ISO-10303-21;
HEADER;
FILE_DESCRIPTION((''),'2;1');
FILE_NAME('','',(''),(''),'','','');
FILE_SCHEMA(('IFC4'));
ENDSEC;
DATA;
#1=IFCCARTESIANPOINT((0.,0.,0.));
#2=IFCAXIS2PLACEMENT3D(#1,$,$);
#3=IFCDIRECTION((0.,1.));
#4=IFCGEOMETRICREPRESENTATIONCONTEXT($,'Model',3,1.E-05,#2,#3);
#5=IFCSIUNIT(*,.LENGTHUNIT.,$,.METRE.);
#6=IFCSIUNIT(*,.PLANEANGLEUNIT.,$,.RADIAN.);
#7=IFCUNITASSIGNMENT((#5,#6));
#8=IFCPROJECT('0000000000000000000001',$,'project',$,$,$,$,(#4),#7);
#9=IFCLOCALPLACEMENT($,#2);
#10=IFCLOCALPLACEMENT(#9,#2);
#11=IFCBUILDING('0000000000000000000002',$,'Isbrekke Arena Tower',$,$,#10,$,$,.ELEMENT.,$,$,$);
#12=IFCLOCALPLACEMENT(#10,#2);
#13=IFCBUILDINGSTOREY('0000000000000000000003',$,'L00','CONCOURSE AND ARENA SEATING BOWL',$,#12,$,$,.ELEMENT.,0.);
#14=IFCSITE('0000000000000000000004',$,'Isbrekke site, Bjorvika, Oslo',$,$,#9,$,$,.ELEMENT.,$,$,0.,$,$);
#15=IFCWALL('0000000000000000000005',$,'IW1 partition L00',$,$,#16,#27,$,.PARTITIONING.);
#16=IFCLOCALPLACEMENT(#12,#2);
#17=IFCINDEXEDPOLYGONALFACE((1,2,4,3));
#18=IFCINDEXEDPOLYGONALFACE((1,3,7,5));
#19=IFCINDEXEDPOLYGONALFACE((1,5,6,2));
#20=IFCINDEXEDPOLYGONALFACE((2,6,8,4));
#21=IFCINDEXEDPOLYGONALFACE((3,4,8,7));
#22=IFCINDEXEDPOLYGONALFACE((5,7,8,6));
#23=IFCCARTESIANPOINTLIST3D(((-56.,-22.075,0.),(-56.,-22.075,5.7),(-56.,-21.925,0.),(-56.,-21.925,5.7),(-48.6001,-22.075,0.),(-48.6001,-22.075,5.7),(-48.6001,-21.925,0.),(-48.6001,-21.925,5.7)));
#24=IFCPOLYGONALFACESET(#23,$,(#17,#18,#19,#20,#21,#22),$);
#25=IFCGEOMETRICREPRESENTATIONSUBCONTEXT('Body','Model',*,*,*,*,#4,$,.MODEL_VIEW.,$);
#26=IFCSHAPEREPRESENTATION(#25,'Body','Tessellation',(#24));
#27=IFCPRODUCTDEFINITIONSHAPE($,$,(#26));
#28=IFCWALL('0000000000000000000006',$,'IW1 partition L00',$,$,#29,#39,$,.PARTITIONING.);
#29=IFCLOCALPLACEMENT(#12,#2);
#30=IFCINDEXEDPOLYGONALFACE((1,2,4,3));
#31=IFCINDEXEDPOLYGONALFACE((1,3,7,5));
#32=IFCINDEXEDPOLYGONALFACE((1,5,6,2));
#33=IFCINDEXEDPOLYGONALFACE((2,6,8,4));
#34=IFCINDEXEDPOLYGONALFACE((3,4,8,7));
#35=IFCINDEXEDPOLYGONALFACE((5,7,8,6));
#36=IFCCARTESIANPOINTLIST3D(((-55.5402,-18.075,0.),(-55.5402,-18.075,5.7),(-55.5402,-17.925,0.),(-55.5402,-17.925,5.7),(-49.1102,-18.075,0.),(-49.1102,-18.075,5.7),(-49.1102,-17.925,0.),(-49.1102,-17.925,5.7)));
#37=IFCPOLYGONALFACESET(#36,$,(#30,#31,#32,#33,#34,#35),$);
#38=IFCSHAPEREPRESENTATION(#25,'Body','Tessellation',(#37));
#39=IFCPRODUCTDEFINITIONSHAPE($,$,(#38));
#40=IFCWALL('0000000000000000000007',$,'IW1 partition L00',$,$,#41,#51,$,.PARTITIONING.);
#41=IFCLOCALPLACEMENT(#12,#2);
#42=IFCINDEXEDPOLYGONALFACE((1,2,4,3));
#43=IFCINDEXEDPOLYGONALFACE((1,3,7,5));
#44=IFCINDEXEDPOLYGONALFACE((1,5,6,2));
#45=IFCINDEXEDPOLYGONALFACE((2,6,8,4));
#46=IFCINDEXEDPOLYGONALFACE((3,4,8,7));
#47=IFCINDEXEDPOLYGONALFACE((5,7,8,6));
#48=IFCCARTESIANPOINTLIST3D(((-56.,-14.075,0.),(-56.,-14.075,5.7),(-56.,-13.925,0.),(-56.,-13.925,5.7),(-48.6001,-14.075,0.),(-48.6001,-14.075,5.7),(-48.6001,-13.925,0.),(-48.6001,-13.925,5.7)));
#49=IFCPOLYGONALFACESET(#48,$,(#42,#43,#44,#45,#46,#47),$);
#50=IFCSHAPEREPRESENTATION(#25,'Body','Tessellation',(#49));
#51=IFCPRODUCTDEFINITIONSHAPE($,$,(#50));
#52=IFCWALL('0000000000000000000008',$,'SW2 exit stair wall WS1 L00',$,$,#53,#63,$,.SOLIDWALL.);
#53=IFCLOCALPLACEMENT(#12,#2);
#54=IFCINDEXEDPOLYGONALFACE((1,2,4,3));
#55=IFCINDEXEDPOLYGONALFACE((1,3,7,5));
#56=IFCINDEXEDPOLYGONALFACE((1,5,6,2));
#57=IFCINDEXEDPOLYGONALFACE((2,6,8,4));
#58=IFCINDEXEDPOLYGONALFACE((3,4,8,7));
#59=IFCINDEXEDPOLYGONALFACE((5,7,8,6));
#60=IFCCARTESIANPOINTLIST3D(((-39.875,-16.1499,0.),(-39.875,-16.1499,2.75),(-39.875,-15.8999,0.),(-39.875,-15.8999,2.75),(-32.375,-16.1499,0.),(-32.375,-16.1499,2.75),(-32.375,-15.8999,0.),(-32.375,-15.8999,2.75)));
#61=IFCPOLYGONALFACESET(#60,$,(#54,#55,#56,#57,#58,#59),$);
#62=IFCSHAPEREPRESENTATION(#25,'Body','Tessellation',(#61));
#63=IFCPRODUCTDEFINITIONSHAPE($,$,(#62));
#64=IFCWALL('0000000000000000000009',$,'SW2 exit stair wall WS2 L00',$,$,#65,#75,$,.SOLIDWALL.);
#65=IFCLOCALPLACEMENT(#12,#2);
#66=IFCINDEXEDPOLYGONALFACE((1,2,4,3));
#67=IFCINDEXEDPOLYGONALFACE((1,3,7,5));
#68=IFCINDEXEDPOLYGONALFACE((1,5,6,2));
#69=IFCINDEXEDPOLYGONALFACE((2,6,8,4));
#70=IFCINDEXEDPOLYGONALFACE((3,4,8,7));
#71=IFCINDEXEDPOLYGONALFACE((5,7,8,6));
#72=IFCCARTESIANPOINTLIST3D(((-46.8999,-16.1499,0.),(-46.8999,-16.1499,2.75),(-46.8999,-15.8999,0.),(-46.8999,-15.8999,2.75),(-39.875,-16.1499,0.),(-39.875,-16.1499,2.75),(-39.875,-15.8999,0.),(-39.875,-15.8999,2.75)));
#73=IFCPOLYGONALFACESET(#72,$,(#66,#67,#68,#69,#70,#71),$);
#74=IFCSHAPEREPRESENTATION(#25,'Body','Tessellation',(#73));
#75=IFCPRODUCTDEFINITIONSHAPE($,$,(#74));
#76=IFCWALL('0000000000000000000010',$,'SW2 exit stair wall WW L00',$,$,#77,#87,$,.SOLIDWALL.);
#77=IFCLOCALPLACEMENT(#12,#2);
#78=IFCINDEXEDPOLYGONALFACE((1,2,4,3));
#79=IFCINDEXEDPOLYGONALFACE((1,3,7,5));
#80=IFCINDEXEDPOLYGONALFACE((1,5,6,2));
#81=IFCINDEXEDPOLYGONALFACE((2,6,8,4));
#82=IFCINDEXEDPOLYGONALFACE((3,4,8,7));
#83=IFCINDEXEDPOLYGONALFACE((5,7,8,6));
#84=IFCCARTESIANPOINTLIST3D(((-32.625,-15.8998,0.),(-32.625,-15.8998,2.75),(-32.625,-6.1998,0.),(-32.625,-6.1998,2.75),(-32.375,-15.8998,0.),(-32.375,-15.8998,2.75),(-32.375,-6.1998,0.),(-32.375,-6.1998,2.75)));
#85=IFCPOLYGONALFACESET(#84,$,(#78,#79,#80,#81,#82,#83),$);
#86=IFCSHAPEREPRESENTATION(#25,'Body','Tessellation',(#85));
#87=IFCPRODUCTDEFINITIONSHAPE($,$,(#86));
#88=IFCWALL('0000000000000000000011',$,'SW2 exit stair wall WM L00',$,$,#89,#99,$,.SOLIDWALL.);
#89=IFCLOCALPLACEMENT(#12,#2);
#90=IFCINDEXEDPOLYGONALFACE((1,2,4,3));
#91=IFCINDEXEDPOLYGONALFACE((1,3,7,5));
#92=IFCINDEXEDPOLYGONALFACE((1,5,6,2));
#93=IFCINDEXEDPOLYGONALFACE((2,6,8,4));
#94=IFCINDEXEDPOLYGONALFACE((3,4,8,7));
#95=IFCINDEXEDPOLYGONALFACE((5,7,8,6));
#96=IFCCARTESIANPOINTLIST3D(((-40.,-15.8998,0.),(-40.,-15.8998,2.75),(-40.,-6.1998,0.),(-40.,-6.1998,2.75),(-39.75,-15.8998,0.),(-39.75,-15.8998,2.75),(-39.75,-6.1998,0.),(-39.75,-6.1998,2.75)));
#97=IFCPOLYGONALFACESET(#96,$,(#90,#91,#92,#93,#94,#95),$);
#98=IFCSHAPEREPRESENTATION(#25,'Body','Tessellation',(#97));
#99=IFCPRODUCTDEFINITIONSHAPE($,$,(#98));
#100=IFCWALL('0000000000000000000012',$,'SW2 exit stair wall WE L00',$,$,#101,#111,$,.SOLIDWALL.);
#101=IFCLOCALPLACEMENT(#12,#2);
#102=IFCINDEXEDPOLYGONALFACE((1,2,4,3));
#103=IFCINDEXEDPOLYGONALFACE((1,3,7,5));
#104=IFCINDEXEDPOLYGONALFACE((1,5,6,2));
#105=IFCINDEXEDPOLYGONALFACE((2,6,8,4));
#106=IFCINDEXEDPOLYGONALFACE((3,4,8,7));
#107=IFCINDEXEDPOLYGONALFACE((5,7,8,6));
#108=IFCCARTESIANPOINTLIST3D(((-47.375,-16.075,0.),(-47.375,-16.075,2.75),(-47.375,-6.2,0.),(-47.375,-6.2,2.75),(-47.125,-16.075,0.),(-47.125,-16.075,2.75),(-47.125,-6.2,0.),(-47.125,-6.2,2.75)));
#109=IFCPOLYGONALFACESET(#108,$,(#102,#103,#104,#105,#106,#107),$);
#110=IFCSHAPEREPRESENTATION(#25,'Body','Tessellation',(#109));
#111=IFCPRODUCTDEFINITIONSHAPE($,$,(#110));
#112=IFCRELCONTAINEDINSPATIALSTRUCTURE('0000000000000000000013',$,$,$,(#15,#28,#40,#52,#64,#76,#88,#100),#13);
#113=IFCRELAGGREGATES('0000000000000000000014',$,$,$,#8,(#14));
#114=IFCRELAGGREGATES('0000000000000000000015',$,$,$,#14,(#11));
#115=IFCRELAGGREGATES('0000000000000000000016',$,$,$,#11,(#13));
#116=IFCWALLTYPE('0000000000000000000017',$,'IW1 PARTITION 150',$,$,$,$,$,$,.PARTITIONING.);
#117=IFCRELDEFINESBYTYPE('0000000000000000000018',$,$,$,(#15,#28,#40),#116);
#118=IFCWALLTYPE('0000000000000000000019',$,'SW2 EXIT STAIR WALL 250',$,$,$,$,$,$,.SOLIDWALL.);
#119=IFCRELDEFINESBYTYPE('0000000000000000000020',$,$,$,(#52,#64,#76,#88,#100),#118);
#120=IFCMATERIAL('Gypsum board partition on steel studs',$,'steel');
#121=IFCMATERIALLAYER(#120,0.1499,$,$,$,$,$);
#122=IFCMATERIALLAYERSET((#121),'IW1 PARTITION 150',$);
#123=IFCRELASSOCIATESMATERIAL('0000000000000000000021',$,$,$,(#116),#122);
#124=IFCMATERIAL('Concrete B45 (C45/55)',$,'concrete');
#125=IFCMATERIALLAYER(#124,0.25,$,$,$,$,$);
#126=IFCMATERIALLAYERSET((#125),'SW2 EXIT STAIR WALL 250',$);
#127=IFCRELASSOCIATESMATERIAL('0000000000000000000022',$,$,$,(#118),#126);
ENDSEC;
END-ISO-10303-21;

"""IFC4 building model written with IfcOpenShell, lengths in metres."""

from ifc_helpers import new_model, si_unit, direction, frame, frame_2d, origin, place, context, subcontext, project, spatial, rectangle, extrude, material, layer, layer_set, type_object, element, save


model = new_model("IFC4")

# Units and contexts
model_context = context("Model", 3, precision=1e-05, world=origin(), true_north=direction((0.0, 1.0)))
body_context = subcontext(model_context, "Body", "Model", "MODEL_VIEW")
ifc_project = project(units=[si_unit("LENGTHUNIT", "METRE"), si_unit("PLANEANGLEUNIT", "RADIAN")], contexts=[model_context])

# Site, building, storey
site_placement = place(None, origin())
site = spatial("IfcSite", under=ifc_project, at=site_placement, Name="Isbrekke site, Bjorvika, Oslo", CompositionType="ELEMENT", RefElevation=0.0)
building_placement = place(site_placement, origin())
building = spatial("IfcBuilding", under=site, at=building_placement, Name="Isbrekke Arena Tower", CompositionType="ELEMENT")
storey_placement = place(building_placement, origin())
storey = spatial("IfcBuildingStorey", under=building, at=storey_placement, Name="L00", Description="CONCOURSE AND ARENA SEATING BOWL", CompositionType="ELEMENT", Elevation=0.0)

# Shared definitions
ifc_material_1 = material(Name="Gypsum board partition on steel studs", Category="steel")
ifc_layer_1 = layer(ifc_material_1, 0.1499)
ifc_layer_set_1 = layer_set([ifc_layer_1], Name="IW1 PARTITION 150")
wall_type_1 = type_object("IfcWallType", Name="IW1 PARTITION 150", PredefinedType="PARTITIONING", material=ifc_layer_set_1)

# Walls
wall_1_placement = place(storey_placement, frame((-56.0, -22.0, 0.0), z_axis=(0.0, 0.0, 1.0), x_axis=(1.0, 0.0, 0.0)))
element("IfcWall", 1, at=wall_1_placement, inside=storey, type_object=wall_type_1, Name="IW1 partition L00", PredefinedType="PARTITIONING", context=body_context, shape_type="SweptSolid", body=[
    extrude(rectangle(XDim=7.3999, YDim=0.1499, at=frame_2d((3.7, 0.0))), origin(), (0.0, 0.0, 1.0), 5.7),
])
wall_2_placement = place(storey_placement, frame((-55.54, -18.0, 0.0), z_axis=(0.0, 0.0, 1.0), x_axis=(1.0, 0.0, 0.0)))
element("IfcWall", 2, at=wall_2_placement, inside=storey, type_object=wall_type_1, Name="IW1 partition L00", PredefinedType="PARTITIONING", context=body_context, shape_type="SweptSolid", body=[
    extrude(rectangle(XDim=6.4299, YDim=0.1499, at=frame_2d((3.2148, 0.0))), origin(), (0.0, 0.0, 1.0), 5.7),
])
wall_3_placement = place(storey_placement, frame((-56.0, -14.0, 0.0), z_axis=(0.0, 0.0, 1.0), x_axis=(1.0, 0.0, 0.0)))
element("IfcWall", 3, at=wall_3_placement, inside=storey, type_object=wall_type_1, Name="IW1 partition L00", PredefinedType="PARTITIONING", context=body_context, shape_type="SweptSolid", body=[
    extrude(rectangle(XDim=7.3999, YDim=0.1499, at=frame_2d((3.7, 0.0))), origin(), (0.0, 0.0, 1.0), 5.7),
])
ifc_material_2 = material(Name="Concrete B45 (C45/55)", Category="concrete")
ifc_layer_2 = layer(ifc_material_2, 0.25)
ifc_layer_set_2 = layer_set([ifc_layer_2], Name="SW2 EXIT STAIR WALL 250")
wall_type_2 = type_object("IfcWallType", Name="SW2 EXIT STAIR WALL 250", PredefinedType="SOLIDWALL", material=ifc_layer_set_2)
wall_4_placement = place(storey_placement, frame((-32.375, -16.0249, 0.0), z_axis=(0.0, 0.0, 1.0), x_axis=(-1.0, 0.0, 0.0)))
element("IfcWall", 4, at=wall_4_placement, inside=storey, type_object=wall_type_2, Name="SW2 exit stair wall WS1 L00", PredefinedType="SOLIDWALL", context=body_context, shape_type="SweptSolid", body=[
    extrude(rectangle(XDim=7.5, YDim=0.25, at=frame_2d((3.75, 0.0))), origin(), (0.0, 0.0, 1.0), 2.75),
])
wall_5_placement = place(storey_placement, frame((-39.875, -16.0249, 0.0), z_axis=(0.0, 0.0, 1.0), x_axis=(-1.0, 0.0, 0.0)))
element("IfcWall", 5, at=wall_5_placement, inside=storey, type_object=wall_type_2, Name="SW2 exit stair wall WS2 L00", PredefinedType="SOLIDWALL", context=body_context, shape_type="SweptSolid", body=[
    extrude(rectangle(XDim=7.0249, YDim=0.25, at=frame_2d((3.5125, 0.0))), origin(), (0.0, 0.0, 1.0), 2.75),
])
for number, where, z_axis, x_axis, name in (
    (6, (-32.5, -15.8999, 0.0), (0.0, 0.0, 1.0), (0.0, 1.0, 0.0), "SW2 exit stair wall WW L00"),
    (7, (-39.875, -15.8999, 0.0), (0.0, 0.0, 1.0), (0.0, 1.0, 0.0), "SW2 exit stair wall WM L00"),
):
    element("IfcWall", number, at=place(storey_placement, frame(where, z_axis=z_axis, x_axis=x_axis)), inside=storey, type_object=wall_type_2, Name=name, PredefinedType="SOLIDWALL", context=body_context, shape_type="SweptSolid", body=[
        extrude(rectangle(XDim=9.7, YDim=0.25, at=frame_2d((4.8501, 0.0))), origin(), (0.0, 0.0, 1.0), 2.75),
    ])
wall_6_placement = place(storey_placement, frame((-47.25, -16.075, 0.0), z_axis=(0.0, 0.0, 1.0), x_axis=(0.0, 1.0, 0.0)))
element("IfcWall", 8, at=wall_6_placement, inside=storey, type_object=wall_type_2, Name="SW2 exit stair wall WE L00", PredefinedType="SOLIDWALL", context=body_context, shape_type="SweptSolid", body=[
    extrude(rectangle(XDim=9.875, YDim=0.25, at=frame_2d((4.9375, 0.0))), origin(), (0.0, 0.0, 1.0), 2.75),
])

save(model, "model.ifc")
